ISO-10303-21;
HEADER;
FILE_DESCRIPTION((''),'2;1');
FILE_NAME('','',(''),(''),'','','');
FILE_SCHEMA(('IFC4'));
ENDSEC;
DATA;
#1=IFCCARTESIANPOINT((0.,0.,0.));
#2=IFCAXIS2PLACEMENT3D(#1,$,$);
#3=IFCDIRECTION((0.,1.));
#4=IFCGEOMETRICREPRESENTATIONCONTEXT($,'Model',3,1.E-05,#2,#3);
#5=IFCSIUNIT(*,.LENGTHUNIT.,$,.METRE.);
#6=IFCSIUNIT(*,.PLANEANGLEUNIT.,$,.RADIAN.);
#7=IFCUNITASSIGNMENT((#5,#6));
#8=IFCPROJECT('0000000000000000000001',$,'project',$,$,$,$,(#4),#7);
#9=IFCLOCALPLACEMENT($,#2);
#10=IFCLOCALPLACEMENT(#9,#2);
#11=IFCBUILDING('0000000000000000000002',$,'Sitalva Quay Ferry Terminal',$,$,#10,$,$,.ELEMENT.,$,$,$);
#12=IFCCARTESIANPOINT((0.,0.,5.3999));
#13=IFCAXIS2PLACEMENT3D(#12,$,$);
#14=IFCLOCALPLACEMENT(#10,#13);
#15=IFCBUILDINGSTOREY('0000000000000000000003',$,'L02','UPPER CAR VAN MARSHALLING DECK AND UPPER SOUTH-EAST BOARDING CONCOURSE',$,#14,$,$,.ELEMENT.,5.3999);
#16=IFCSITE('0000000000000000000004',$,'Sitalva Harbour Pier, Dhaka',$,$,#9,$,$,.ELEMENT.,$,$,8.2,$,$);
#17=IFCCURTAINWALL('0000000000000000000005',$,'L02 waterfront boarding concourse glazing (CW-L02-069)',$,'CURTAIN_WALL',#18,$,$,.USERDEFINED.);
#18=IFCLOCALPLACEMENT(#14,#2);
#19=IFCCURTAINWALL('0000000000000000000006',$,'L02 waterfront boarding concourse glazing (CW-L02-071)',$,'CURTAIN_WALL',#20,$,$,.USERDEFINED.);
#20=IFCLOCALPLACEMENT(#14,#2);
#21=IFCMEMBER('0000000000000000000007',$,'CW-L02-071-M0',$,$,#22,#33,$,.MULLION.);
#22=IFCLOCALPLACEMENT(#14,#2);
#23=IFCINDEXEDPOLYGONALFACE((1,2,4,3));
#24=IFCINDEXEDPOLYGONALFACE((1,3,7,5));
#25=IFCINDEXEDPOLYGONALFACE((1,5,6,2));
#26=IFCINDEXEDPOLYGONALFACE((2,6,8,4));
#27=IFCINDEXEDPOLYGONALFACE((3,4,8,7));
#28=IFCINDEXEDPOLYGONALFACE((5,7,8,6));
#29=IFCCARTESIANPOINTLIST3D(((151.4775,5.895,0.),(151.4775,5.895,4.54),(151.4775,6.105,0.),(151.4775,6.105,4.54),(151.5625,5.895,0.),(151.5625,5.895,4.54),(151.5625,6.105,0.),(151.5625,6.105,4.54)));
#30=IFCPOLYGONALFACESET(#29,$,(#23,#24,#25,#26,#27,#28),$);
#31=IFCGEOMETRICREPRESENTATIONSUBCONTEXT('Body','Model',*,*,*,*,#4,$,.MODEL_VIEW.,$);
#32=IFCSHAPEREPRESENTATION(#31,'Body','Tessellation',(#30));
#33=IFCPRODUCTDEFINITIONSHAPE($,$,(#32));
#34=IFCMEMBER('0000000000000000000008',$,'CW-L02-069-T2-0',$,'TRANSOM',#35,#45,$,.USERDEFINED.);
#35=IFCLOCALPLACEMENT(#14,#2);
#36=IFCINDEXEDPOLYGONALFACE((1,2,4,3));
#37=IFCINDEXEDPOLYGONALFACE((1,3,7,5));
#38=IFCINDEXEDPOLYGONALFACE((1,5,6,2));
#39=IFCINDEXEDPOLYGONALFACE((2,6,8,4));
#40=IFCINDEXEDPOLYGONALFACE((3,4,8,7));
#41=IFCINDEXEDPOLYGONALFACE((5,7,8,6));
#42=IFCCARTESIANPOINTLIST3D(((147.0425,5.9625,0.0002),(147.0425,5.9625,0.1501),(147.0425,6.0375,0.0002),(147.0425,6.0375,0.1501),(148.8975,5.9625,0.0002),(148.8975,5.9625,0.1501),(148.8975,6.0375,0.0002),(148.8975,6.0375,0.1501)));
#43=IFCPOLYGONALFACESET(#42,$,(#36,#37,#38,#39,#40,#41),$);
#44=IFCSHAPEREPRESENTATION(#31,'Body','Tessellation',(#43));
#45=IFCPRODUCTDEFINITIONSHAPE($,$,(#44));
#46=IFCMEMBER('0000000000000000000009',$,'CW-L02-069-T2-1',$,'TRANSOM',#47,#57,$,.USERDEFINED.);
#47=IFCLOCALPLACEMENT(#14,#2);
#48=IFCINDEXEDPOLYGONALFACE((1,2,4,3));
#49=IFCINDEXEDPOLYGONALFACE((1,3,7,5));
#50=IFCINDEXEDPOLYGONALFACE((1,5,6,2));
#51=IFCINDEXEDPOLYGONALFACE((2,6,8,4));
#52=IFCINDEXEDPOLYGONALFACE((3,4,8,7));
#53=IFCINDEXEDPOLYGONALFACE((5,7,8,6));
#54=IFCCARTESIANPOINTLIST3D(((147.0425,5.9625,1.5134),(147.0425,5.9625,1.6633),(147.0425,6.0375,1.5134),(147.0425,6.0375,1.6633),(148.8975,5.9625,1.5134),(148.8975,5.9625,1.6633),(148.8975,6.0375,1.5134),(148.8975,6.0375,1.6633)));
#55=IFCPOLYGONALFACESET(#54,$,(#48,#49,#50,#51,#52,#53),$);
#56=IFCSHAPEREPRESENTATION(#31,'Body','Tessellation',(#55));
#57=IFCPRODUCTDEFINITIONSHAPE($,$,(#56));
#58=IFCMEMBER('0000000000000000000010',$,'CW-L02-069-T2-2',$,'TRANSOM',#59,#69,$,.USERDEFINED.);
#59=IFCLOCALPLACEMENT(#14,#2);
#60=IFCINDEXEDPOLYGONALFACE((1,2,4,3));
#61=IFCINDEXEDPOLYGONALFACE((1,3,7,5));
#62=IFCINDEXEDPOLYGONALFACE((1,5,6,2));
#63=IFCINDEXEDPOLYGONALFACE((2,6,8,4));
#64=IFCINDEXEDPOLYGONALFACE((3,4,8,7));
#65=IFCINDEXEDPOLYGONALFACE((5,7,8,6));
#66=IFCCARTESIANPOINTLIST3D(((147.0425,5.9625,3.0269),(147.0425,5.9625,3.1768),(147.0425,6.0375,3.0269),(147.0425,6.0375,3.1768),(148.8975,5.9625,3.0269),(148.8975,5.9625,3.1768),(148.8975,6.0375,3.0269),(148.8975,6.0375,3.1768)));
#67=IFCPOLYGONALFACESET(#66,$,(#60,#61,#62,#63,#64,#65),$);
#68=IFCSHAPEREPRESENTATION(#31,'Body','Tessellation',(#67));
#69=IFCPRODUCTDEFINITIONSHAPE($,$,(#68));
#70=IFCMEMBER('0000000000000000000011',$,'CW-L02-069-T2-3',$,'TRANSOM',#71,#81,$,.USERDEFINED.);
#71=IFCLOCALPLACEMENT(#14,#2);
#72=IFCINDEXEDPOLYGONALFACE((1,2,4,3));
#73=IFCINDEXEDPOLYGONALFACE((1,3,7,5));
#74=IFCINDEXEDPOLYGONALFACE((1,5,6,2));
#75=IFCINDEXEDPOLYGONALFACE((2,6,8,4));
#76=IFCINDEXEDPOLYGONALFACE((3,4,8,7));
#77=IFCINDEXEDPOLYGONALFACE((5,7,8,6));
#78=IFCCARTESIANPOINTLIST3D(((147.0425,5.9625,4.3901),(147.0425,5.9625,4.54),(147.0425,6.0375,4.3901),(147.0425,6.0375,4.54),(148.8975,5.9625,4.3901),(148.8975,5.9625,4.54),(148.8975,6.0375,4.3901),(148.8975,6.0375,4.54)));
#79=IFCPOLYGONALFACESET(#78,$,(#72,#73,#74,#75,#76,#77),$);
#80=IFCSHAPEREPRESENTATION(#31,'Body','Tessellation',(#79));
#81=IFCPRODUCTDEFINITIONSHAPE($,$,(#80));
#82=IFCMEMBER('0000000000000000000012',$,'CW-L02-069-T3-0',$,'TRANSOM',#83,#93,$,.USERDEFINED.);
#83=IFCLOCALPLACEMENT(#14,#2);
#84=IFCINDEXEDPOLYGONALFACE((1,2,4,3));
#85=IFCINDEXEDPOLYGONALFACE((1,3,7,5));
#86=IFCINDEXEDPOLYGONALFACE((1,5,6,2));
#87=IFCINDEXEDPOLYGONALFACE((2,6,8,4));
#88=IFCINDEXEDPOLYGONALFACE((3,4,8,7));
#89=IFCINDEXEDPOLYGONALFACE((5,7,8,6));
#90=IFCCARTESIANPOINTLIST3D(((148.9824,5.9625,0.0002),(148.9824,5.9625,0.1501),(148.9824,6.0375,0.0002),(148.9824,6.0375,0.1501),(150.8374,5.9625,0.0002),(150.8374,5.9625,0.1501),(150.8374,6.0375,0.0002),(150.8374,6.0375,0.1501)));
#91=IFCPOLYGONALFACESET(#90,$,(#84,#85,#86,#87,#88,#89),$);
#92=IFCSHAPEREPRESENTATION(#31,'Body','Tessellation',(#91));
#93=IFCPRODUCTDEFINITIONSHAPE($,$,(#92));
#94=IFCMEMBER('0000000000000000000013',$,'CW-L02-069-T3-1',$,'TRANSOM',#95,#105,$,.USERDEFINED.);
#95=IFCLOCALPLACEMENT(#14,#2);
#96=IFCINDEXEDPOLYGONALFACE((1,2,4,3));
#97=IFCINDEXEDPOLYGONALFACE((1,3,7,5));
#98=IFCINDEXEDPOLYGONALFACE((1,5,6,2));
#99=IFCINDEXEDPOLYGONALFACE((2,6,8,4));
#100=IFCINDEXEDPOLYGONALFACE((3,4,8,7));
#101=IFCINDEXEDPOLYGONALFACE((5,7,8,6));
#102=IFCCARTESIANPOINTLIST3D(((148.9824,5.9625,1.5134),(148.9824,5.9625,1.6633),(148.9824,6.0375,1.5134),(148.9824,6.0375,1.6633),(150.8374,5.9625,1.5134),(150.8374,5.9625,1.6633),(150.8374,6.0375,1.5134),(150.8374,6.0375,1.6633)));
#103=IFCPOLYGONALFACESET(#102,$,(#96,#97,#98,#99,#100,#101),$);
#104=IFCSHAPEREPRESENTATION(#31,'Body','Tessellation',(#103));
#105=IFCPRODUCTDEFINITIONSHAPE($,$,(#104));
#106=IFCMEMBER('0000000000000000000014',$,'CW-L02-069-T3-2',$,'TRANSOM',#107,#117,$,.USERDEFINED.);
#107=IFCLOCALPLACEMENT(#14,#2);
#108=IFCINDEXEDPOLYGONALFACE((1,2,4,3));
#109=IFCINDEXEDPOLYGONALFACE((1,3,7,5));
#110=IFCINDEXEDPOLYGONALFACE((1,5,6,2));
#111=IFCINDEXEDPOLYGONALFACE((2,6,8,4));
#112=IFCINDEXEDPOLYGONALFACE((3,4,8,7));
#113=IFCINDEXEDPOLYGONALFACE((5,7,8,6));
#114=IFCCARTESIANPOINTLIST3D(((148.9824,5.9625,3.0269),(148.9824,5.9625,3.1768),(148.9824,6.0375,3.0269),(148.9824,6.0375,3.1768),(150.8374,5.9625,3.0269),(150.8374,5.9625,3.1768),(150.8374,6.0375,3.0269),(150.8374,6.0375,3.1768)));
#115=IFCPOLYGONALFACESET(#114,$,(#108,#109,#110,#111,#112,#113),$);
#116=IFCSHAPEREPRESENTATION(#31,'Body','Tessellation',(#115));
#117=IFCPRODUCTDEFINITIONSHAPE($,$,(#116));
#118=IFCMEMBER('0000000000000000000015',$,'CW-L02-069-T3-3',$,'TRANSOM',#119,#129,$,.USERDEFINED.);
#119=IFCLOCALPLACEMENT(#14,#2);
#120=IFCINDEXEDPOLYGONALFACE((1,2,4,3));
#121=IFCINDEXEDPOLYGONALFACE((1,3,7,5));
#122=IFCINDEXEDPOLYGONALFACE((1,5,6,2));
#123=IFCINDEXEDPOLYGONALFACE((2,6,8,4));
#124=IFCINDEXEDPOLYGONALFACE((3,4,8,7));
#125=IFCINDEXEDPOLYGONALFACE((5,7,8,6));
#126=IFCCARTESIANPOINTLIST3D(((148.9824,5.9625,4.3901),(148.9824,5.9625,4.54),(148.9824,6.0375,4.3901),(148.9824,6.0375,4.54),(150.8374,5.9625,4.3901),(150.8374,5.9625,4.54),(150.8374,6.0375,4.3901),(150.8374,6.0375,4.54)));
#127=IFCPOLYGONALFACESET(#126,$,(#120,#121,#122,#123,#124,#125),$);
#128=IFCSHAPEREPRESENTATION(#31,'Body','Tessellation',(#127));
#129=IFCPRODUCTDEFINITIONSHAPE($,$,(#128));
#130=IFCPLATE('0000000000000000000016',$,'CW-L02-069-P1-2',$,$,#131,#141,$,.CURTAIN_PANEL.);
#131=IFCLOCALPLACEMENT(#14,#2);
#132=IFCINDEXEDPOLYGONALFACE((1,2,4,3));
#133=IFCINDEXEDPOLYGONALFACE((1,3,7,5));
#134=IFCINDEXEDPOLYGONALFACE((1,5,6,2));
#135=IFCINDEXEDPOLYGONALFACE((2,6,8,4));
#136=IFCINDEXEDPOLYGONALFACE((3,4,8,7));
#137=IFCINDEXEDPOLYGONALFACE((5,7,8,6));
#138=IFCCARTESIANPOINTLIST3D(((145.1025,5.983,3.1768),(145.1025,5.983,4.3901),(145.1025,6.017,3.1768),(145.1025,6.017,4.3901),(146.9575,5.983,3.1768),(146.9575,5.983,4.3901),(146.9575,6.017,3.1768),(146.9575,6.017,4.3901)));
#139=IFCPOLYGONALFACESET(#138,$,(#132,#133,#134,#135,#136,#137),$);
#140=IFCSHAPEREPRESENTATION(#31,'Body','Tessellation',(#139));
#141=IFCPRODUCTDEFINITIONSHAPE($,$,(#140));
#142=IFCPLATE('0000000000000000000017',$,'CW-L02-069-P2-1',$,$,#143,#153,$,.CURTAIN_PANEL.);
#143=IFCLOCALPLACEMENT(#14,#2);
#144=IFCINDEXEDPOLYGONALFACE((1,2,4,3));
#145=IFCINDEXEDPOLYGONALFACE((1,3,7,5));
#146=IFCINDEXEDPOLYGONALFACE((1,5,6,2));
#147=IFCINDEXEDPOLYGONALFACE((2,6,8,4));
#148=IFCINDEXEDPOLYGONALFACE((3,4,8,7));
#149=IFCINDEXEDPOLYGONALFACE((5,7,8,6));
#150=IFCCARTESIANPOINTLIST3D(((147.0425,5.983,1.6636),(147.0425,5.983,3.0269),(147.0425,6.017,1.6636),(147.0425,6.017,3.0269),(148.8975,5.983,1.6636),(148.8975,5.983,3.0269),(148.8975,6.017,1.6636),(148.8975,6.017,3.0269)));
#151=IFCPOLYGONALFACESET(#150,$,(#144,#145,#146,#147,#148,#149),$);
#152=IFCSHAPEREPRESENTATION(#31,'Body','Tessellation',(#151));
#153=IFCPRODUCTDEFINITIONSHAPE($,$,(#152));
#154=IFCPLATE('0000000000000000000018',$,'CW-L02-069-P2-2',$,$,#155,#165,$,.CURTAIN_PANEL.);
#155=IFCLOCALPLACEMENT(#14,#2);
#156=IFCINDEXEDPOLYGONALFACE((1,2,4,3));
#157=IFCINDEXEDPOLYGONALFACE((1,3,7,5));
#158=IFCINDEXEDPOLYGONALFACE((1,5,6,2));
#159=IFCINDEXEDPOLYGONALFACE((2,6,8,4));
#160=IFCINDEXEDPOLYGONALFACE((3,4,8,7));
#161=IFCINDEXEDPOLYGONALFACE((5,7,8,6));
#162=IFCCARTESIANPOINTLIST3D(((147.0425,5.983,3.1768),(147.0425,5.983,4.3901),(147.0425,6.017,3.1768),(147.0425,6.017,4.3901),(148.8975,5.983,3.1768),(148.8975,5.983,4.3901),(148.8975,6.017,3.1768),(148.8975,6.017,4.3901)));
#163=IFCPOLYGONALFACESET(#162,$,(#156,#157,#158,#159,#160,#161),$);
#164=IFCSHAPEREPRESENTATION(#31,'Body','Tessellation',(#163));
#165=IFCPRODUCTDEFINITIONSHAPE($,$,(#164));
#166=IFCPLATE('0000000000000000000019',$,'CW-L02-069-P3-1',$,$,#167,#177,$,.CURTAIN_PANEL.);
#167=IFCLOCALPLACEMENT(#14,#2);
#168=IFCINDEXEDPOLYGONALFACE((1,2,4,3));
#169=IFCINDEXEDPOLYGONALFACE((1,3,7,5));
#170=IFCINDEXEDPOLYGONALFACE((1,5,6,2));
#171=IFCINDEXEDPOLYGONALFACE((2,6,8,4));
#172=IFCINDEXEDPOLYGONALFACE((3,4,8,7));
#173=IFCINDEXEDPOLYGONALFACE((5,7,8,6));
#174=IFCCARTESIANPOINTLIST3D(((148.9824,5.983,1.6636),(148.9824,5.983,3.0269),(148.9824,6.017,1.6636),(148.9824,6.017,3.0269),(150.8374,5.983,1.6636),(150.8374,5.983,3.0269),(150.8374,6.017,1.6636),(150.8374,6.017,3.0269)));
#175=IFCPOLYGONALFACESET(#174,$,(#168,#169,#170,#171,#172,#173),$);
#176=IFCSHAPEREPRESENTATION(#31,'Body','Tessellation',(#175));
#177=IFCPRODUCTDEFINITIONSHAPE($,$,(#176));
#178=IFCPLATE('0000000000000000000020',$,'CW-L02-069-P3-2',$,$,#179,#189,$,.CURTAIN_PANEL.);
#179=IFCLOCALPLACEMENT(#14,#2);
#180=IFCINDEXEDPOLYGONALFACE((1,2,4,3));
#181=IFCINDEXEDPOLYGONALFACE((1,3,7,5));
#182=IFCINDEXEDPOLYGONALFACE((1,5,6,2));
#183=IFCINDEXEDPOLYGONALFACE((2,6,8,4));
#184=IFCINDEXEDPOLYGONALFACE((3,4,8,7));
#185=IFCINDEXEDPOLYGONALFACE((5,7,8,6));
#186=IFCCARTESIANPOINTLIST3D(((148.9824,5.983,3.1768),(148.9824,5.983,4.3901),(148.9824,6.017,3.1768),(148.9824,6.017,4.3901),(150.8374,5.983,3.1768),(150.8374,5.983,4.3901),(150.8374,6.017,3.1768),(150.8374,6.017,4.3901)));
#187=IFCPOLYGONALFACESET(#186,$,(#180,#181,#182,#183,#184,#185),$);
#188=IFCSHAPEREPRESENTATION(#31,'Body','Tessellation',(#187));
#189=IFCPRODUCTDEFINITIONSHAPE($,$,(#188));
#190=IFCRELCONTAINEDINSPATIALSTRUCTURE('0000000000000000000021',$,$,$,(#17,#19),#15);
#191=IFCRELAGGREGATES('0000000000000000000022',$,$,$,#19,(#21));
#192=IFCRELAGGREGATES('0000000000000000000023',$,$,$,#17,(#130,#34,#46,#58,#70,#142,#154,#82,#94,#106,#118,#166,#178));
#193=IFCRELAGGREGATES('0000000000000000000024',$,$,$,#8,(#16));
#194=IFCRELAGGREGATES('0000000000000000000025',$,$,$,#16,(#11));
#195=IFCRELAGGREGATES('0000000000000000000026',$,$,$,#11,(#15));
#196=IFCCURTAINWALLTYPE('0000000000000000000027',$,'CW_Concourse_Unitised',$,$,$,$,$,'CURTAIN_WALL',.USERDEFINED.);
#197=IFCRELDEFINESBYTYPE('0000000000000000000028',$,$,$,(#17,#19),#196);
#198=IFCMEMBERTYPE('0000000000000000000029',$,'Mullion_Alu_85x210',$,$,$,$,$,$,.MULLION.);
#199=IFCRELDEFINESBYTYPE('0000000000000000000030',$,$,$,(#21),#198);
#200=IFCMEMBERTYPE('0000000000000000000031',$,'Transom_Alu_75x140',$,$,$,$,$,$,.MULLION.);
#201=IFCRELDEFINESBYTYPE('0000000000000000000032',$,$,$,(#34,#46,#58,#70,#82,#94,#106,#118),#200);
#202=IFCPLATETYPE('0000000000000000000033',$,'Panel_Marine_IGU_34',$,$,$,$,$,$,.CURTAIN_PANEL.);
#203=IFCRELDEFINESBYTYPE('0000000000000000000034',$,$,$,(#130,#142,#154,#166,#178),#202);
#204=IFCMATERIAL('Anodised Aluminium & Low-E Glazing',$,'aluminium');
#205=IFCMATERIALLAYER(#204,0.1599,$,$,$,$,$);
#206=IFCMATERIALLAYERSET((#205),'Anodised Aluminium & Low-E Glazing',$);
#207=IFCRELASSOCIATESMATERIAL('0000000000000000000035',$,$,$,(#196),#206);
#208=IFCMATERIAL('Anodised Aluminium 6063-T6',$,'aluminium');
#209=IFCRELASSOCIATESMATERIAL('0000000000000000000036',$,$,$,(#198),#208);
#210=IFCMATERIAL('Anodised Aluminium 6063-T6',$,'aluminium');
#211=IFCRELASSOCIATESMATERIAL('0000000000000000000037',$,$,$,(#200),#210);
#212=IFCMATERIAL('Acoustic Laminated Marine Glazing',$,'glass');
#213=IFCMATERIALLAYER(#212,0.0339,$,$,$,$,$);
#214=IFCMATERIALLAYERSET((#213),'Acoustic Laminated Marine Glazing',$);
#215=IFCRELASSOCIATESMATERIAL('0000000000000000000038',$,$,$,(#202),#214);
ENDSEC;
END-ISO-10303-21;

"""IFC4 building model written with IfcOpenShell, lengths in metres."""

from ifc_helpers import new_model, si_unit, direction, frame, origin, origin_2d, place, context, subcontext, project, spatial, rectangle, extrude, material, layer, layer_set, material_profile, profile_set, type_object, element, aggregate, save


model = new_model("IFC4")

# Units and contexts
model_context = context("Model", 3, precision=1e-05, world=origin(), true_north=direction((0.0, 1.0)))
body_context = subcontext(model_context, "Body", "Model", "MODEL_VIEW")
ifc_project = project(units=[si_unit("LENGTHUNIT", "METRE"), si_unit("PLANEANGLEUNIT", "RADIAN")], contexts=[model_context])

# Site, building, storey
site_placement = place(None, origin())
site = spatial("IfcSite", under=ifc_project, at=site_placement, Name="Sitalva Harbour Pier, Dhaka", CompositionType="ELEMENT", RefElevation=8.2)
building_placement = place(site_placement, origin())
building = spatial("IfcBuilding", under=site, at=building_placement, Name="Sitalva Quay Ferry Terminal", CompositionType="ELEMENT")
storey_placement = place(building_placement, frame((0.0, 0.0, 5.3999)))
storey = spatial("IfcBuildingStorey", under=building, at=storey_placement, Name="L02", Description="UPPER CAR VAN MARSHALLING DECK AND UPPER SOUTH-EAST BOARDING CONCOURSE", CompositionType="ELEMENT", Elevation=5.3999)

# Curtain wall
ifc_material_1 = material(Name="Anodised Aluminium & Low-E Glazing", Category="aluminium")
ifc_layer_1 = layer(ifc_material_1, 0.1599)
ifc_layer_set_1 = layer_set([ifc_layer_1], Name="Anodised Aluminium & Low-E Glazing")
curtain_wall_type = type_object("IfcCurtainWallType", Name="CW_Concourse_Unitised", ElementType="CURTAIN_WALL", PredefinedType="USERDEFINED", material=ifc_layer_set_1)
curtain_wall_1_placement = place(storey_placement, origin())
curtain_wall_1 = element("IfcCurtainWall", 1, at=curtain_wall_1_placement, inside=storey, type_object=curtain_wall_type, Name="L02 waterfront boarding concourse glazing (CW-L02-069)", ObjectType="CURTAIN_WALL", PredefinedType="USERDEFINED")
ifc_material_2 = material(Name="Anodised Aluminium 6063-T6", Category="aluminium")
ifc_material_profile_1 = material_profile(ifc_material_2, rectangle(XDim=0.085, YDim=0.21, at=origin_2d()), Name="ALU85x210")
ifc_profile_set_1 = profile_set([ifc_material_profile_1], Name="Anodised Aluminium 6063-T6")
member_type_1 = type_object("IfcMemberType", Name="Mullion_Alu_85x210", PredefinedType="MULLION", material=ifc_profile_set_1)

# Curtain wall, member
curtain_wall_2_placement = place(storey_placement, origin())
curtain_wall_2 = element("IfcCurtainWall", 2, at=curtain_wall_2_placement, inside=storey, type_object=curtain_wall_type, Name="L02 waterfront boarding concourse glazing (CW-L02-071)", ObjectType="CURTAIN_WALL", PredefinedType="USERDEFINED")
member_1_placement = place(storey_placement, frame((151.52, 6.0, 0.0), z_axis=(0.0, 0.0, 1.0), x_axis=(1.0, 0.0, 0.0)))
member_1 = element("IfcMember", 3, at=member_1_placement, type_object=member_type_1, Name="CW-L02-071-M0", PredefinedType="MULLION", context=body_context, shape_type="SweptSolid", body=[
    extrude(rectangle(XDim=0.085, YDim=0.21, at=origin_2d()), origin(), (0.0, 0.0, 1.0), 4.54),
])
aggregate(curtain_wall_2, [member_1])

# Members
ifc_material_3 = material(Name="Anodised Aluminium 6063-T6", Category="aluminium")
ifc_material_profile_2 = material_profile(ifc_material_3, rectangle(XDim=0.075, YDim=0.1499, at=origin_2d()), Name="ALU75x150")
ifc_profile_set_2 = profile_set([ifc_material_profile_2], Name="Anodised Aluminium 6063-T6")
member_type_2 = type_object("IfcMemberType", Name="Transom_Alu_75x140", PredefinedType="MULLION", material=ifc_profile_set_2)
member_2_placement = place(storey_placement, frame((147.0425, 6.0, 0.0752), z_axis=(1.0, 0.0, 0.0), x_axis=(0.0, 1.0, 0.0)))
member_2 = element("IfcMember", 4, at=member_2_placement, type_object=member_type_2, Name="CW-L02-069-T2-0", ObjectType="TRANSOM", PredefinedType="USERDEFINED", context=body_context, shape_type="SweptSolid", body=[
    extrude(rectangle(XDim=0.075, YDim=0.1499, at=origin_2d()), origin(), (0.0, 0.0, 1.0), 1.855),
])
member_3_placement = place(storey_placement, frame((147.0425, 6.0, 1.5884), z_axis=(1.0, 0.0, 0.0), x_axis=(0.0, 1.0, 0.0)))
member_3 = element("IfcMember", 5, at=member_3_placement, type_object=member_type_2, Name="CW-L02-069-T2-1", ObjectType="TRANSOM", PredefinedType="USERDEFINED", context=body_context, shape_type="SweptSolid", body=[
    extrude(rectangle(XDim=0.075, YDim=0.1499, at=origin_2d()), origin(), (0.0, 0.0, 1.0), 1.855),
])
member_4_placement = place(storey_placement, frame((147.0425, 6.0, 3.1018), z_axis=(1.0, 0.0, 0.0), x_axis=(0.0, 1.0, 0.0)))
member_4 = element("IfcMember", 6, at=member_4_placement, type_object=member_type_2, Name="CW-L02-069-T2-2", ObjectType="TRANSOM", PredefinedType="USERDEFINED", context=body_context, shape_type="SweptSolid", body=[
    extrude(rectangle(XDim=0.075, YDim=0.1499, at=origin_2d()), origin(), (0.0, 0.0, 1.0), 1.855),
])
member_5_placement = place(storey_placement, frame((147.0425, 6.0, 4.4651), z_axis=(1.0, 0.0, 0.0), x_axis=(0.0, 1.0, 0.0)))
member_5 = element("IfcMember", 7, at=member_5_placement, type_object=member_type_2, Name="CW-L02-069-T2-3", ObjectType="TRANSOM", PredefinedType="USERDEFINED", context=body_context, shape_type="SweptSolid", body=[
    extrude(rectangle(XDim=0.075, YDim=0.1499, at=origin_2d()), origin(), (0.0, 0.0, 1.0), 1.855),
])
member_6_placement = place(storey_placement, frame((148.9824, 6.0, 0.0752), z_axis=(1.0, 0.0, 0.0), x_axis=(0.0, 1.0, 0.0)))
member_6 = element("IfcMember", 8, at=member_6_placement, type_object=member_type_2, Name="CW-L02-069-T3-0", ObjectType="TRANSOM", PredefinedType="USERDEFINED", context=body_context, shape_type="SweptSolid", body=[
    extrude(rectangle(XDim=0.075, YDim=0.1499, at=origin_2d()), origin(), (0.0, 0.0, 1.0), 1.855),
])
member_7_placement = place(storey_placement, frame((148.9824, 6.0, 1.5884), z_axis=(1.0, 0.0, 0.0), x_axis=(0.0, 1.0, 0.0)))
member_7 = element("IfcMember", 9, at=member_7_placement, type_object=member_type_2, Name="CW-L02-069-T3-1", ObjectType="TRANSOM", PredefinedType="USERDEFINED", context=body_context, shape_type="SweptSolid", body=[
    extrude(rectangle(XDim=0.075, YDim=0.1499, at=origin_2d()), origin(), (0.0, 0.0, 1.0), 1.855),
])
member_8_placement = place(storey_placement, frame((148.9824, 6.0, 3.1018), z_axis=(1.0, 0.0, 0.0), x_axis=(0.0, 1.0, 0.0)))
member_8 = element("IfcMember", 10, at=member_8_placement, type_object=member_type_2, Name="CW-L02-069-T3-2", ObjectType="TRANSOM", PredefinedType="USERDEFINED", context=body_context, shape_type="SweptSolid", body=[
    extrude(rectangle(XDim=0.075, YDim=0.1499, at=origin_2d()), origin(), (0.0, 0.0, 1.0), 1.855),
])
member_9_placement = place(storey_placement, frame((148.9824, 6.0, 4.4651), z_axis=(1.0, 0.0, 0.0), x_axis=(0.0, 1.0, 0.0)))
member_9 = element("IfcMember", 11, at=member_9_placement, type_object=member_type_2, Name="CW-L02-069-T3-3", ObjectType="TRANSOM", PredefinedType="USERDEFINED", context=body_context, shape_type="SweptSolid", body=[
    extrude(rectangle(XDim=0.075, YDim=0.1499, at=origin_2d()), origin(), (0.0, 0.0, 1.0), 1.855),
])

# Plates
ifc_material_4 = material(Name="Acoustic Laminated Marine Glazing", Category="glass")
ifc_layer_2 = layer(ifc_material_4, 0.0339)
ifc_layer_set_2 = layer_set([ifc_layer_2], Name="Acoustic Laminated Marine Glazing")
plate_type_1 = type_object("IfcPlateType", Name="Panel_Marine_IGU_34", PredefinedType="CURTAIN_PANEL", material=ifc_layer_set_2)
plate_1_placement = place(storey_placement, frame((146.03, 6.0, 3.1768), z_axis=(0.0, 0.0, 1.0), x_axis=(1.0, 0.0, 0.0)))
plate_1 = element("IfcPlate", 12, at=plate_1_placement, type_object=plate_type_1, Name="CW-L02-069-P1-2", PredefinedType="CURTAIN_PANEL", context=body_context, shape_type="SweptSolid", body=[
    extrude(rectangle(XDim=1.855, YDim=0.0339, at=origin_2d()), origin(), (0.0, 0.0, 1.0), 1.2134),
])
plate_2_placement = place(storey_placement, frame((147.97, 6.0, 1.6636), z_axis=(0.0, 0.0, 1.0), x_axis=(1.0, 0.0, 0.0)))
plate_2 = element("IfcPlate", 13, at=plate_2_placement, type_object=plate_type_1, Name="CW-L02-069-P2-1", PredefinedType="CURTAIN_PANEL", context=body_context, shape_type="SweptSolid", body=[
    extrude(rectangle(XDim=1.855, YDim=0.0339, at=origin_2d()), origin(), (0.0, 0.0, 1.0), 1.3633),
])
plate_3_placement = place(storey_placement, frame((147.97, 6.0, 3.1768), z_axis=(0.0, 0.0, 1.0), x_axis=(1.0, 0.0, 0.0)))
plate_3 = element("IfcPlate", 14, at=plate_3_placement, type_object=plate_type_1, Name="CW-L02-069-P2-2", PredefinedType="CURTAIN_PANEL", context=body_context, shape_type="SweptSolid", body=[
    extrude(rectangle(XDim=1.855, YDim=0.0339, at=origin_2d()), origin(), (0.0, 0.0, 1.0), 1.2134),
])
plate_4_placement = place(storey_placement, frame((149.9099, 6.0, 1.6636), z_axis=(0.0, 0.0, 1.0), x_axis=(1.0, 0.0, 0.0)))
plate_4 = element("IfcPlate", 15, at=plate_4_placement, type_object=plate_type_1, Name="CW-L02-069-P3-1", PredefinedType="CURTAIN_PANEL", context=body_context, shape_type="SweptSolid", body=[
    extrude(rectangle(XDim=1.855, YDim=0.0339, at=origin_2d()), origin(), (0.0, 0.0, 1.0), 1.3633),
])
plate_5_placement = place(storey_placement, frame((149.9099, 6.0, 3.1768), z_axis=(0.0, 0.0, 1.0), x_axis=(1.0, 0.0, 0.0)))
plate_5 = element("IfcPlate", 16, at=plate_5_placement, type_object=plate_type_1, Name="CW-L02-069-P3-2", PredefinedType="CURTAIN_PANEL", context=body_context, shape_type="SweptSolid", body=[
    extrude(rectangle(XDim=1.855, YDim=0.0339, at=origin_2d()), origin(), (0.0, 0.0, 1.0), 1.2134),
])
aggregate(curtain_wall_1, [plate_1, member_2, member_3, member_4, member_5, plate_2, plate_3, member_6, member_7, member_8, member_9, plate_4, plate_5])

save(model, "model.ifc")
